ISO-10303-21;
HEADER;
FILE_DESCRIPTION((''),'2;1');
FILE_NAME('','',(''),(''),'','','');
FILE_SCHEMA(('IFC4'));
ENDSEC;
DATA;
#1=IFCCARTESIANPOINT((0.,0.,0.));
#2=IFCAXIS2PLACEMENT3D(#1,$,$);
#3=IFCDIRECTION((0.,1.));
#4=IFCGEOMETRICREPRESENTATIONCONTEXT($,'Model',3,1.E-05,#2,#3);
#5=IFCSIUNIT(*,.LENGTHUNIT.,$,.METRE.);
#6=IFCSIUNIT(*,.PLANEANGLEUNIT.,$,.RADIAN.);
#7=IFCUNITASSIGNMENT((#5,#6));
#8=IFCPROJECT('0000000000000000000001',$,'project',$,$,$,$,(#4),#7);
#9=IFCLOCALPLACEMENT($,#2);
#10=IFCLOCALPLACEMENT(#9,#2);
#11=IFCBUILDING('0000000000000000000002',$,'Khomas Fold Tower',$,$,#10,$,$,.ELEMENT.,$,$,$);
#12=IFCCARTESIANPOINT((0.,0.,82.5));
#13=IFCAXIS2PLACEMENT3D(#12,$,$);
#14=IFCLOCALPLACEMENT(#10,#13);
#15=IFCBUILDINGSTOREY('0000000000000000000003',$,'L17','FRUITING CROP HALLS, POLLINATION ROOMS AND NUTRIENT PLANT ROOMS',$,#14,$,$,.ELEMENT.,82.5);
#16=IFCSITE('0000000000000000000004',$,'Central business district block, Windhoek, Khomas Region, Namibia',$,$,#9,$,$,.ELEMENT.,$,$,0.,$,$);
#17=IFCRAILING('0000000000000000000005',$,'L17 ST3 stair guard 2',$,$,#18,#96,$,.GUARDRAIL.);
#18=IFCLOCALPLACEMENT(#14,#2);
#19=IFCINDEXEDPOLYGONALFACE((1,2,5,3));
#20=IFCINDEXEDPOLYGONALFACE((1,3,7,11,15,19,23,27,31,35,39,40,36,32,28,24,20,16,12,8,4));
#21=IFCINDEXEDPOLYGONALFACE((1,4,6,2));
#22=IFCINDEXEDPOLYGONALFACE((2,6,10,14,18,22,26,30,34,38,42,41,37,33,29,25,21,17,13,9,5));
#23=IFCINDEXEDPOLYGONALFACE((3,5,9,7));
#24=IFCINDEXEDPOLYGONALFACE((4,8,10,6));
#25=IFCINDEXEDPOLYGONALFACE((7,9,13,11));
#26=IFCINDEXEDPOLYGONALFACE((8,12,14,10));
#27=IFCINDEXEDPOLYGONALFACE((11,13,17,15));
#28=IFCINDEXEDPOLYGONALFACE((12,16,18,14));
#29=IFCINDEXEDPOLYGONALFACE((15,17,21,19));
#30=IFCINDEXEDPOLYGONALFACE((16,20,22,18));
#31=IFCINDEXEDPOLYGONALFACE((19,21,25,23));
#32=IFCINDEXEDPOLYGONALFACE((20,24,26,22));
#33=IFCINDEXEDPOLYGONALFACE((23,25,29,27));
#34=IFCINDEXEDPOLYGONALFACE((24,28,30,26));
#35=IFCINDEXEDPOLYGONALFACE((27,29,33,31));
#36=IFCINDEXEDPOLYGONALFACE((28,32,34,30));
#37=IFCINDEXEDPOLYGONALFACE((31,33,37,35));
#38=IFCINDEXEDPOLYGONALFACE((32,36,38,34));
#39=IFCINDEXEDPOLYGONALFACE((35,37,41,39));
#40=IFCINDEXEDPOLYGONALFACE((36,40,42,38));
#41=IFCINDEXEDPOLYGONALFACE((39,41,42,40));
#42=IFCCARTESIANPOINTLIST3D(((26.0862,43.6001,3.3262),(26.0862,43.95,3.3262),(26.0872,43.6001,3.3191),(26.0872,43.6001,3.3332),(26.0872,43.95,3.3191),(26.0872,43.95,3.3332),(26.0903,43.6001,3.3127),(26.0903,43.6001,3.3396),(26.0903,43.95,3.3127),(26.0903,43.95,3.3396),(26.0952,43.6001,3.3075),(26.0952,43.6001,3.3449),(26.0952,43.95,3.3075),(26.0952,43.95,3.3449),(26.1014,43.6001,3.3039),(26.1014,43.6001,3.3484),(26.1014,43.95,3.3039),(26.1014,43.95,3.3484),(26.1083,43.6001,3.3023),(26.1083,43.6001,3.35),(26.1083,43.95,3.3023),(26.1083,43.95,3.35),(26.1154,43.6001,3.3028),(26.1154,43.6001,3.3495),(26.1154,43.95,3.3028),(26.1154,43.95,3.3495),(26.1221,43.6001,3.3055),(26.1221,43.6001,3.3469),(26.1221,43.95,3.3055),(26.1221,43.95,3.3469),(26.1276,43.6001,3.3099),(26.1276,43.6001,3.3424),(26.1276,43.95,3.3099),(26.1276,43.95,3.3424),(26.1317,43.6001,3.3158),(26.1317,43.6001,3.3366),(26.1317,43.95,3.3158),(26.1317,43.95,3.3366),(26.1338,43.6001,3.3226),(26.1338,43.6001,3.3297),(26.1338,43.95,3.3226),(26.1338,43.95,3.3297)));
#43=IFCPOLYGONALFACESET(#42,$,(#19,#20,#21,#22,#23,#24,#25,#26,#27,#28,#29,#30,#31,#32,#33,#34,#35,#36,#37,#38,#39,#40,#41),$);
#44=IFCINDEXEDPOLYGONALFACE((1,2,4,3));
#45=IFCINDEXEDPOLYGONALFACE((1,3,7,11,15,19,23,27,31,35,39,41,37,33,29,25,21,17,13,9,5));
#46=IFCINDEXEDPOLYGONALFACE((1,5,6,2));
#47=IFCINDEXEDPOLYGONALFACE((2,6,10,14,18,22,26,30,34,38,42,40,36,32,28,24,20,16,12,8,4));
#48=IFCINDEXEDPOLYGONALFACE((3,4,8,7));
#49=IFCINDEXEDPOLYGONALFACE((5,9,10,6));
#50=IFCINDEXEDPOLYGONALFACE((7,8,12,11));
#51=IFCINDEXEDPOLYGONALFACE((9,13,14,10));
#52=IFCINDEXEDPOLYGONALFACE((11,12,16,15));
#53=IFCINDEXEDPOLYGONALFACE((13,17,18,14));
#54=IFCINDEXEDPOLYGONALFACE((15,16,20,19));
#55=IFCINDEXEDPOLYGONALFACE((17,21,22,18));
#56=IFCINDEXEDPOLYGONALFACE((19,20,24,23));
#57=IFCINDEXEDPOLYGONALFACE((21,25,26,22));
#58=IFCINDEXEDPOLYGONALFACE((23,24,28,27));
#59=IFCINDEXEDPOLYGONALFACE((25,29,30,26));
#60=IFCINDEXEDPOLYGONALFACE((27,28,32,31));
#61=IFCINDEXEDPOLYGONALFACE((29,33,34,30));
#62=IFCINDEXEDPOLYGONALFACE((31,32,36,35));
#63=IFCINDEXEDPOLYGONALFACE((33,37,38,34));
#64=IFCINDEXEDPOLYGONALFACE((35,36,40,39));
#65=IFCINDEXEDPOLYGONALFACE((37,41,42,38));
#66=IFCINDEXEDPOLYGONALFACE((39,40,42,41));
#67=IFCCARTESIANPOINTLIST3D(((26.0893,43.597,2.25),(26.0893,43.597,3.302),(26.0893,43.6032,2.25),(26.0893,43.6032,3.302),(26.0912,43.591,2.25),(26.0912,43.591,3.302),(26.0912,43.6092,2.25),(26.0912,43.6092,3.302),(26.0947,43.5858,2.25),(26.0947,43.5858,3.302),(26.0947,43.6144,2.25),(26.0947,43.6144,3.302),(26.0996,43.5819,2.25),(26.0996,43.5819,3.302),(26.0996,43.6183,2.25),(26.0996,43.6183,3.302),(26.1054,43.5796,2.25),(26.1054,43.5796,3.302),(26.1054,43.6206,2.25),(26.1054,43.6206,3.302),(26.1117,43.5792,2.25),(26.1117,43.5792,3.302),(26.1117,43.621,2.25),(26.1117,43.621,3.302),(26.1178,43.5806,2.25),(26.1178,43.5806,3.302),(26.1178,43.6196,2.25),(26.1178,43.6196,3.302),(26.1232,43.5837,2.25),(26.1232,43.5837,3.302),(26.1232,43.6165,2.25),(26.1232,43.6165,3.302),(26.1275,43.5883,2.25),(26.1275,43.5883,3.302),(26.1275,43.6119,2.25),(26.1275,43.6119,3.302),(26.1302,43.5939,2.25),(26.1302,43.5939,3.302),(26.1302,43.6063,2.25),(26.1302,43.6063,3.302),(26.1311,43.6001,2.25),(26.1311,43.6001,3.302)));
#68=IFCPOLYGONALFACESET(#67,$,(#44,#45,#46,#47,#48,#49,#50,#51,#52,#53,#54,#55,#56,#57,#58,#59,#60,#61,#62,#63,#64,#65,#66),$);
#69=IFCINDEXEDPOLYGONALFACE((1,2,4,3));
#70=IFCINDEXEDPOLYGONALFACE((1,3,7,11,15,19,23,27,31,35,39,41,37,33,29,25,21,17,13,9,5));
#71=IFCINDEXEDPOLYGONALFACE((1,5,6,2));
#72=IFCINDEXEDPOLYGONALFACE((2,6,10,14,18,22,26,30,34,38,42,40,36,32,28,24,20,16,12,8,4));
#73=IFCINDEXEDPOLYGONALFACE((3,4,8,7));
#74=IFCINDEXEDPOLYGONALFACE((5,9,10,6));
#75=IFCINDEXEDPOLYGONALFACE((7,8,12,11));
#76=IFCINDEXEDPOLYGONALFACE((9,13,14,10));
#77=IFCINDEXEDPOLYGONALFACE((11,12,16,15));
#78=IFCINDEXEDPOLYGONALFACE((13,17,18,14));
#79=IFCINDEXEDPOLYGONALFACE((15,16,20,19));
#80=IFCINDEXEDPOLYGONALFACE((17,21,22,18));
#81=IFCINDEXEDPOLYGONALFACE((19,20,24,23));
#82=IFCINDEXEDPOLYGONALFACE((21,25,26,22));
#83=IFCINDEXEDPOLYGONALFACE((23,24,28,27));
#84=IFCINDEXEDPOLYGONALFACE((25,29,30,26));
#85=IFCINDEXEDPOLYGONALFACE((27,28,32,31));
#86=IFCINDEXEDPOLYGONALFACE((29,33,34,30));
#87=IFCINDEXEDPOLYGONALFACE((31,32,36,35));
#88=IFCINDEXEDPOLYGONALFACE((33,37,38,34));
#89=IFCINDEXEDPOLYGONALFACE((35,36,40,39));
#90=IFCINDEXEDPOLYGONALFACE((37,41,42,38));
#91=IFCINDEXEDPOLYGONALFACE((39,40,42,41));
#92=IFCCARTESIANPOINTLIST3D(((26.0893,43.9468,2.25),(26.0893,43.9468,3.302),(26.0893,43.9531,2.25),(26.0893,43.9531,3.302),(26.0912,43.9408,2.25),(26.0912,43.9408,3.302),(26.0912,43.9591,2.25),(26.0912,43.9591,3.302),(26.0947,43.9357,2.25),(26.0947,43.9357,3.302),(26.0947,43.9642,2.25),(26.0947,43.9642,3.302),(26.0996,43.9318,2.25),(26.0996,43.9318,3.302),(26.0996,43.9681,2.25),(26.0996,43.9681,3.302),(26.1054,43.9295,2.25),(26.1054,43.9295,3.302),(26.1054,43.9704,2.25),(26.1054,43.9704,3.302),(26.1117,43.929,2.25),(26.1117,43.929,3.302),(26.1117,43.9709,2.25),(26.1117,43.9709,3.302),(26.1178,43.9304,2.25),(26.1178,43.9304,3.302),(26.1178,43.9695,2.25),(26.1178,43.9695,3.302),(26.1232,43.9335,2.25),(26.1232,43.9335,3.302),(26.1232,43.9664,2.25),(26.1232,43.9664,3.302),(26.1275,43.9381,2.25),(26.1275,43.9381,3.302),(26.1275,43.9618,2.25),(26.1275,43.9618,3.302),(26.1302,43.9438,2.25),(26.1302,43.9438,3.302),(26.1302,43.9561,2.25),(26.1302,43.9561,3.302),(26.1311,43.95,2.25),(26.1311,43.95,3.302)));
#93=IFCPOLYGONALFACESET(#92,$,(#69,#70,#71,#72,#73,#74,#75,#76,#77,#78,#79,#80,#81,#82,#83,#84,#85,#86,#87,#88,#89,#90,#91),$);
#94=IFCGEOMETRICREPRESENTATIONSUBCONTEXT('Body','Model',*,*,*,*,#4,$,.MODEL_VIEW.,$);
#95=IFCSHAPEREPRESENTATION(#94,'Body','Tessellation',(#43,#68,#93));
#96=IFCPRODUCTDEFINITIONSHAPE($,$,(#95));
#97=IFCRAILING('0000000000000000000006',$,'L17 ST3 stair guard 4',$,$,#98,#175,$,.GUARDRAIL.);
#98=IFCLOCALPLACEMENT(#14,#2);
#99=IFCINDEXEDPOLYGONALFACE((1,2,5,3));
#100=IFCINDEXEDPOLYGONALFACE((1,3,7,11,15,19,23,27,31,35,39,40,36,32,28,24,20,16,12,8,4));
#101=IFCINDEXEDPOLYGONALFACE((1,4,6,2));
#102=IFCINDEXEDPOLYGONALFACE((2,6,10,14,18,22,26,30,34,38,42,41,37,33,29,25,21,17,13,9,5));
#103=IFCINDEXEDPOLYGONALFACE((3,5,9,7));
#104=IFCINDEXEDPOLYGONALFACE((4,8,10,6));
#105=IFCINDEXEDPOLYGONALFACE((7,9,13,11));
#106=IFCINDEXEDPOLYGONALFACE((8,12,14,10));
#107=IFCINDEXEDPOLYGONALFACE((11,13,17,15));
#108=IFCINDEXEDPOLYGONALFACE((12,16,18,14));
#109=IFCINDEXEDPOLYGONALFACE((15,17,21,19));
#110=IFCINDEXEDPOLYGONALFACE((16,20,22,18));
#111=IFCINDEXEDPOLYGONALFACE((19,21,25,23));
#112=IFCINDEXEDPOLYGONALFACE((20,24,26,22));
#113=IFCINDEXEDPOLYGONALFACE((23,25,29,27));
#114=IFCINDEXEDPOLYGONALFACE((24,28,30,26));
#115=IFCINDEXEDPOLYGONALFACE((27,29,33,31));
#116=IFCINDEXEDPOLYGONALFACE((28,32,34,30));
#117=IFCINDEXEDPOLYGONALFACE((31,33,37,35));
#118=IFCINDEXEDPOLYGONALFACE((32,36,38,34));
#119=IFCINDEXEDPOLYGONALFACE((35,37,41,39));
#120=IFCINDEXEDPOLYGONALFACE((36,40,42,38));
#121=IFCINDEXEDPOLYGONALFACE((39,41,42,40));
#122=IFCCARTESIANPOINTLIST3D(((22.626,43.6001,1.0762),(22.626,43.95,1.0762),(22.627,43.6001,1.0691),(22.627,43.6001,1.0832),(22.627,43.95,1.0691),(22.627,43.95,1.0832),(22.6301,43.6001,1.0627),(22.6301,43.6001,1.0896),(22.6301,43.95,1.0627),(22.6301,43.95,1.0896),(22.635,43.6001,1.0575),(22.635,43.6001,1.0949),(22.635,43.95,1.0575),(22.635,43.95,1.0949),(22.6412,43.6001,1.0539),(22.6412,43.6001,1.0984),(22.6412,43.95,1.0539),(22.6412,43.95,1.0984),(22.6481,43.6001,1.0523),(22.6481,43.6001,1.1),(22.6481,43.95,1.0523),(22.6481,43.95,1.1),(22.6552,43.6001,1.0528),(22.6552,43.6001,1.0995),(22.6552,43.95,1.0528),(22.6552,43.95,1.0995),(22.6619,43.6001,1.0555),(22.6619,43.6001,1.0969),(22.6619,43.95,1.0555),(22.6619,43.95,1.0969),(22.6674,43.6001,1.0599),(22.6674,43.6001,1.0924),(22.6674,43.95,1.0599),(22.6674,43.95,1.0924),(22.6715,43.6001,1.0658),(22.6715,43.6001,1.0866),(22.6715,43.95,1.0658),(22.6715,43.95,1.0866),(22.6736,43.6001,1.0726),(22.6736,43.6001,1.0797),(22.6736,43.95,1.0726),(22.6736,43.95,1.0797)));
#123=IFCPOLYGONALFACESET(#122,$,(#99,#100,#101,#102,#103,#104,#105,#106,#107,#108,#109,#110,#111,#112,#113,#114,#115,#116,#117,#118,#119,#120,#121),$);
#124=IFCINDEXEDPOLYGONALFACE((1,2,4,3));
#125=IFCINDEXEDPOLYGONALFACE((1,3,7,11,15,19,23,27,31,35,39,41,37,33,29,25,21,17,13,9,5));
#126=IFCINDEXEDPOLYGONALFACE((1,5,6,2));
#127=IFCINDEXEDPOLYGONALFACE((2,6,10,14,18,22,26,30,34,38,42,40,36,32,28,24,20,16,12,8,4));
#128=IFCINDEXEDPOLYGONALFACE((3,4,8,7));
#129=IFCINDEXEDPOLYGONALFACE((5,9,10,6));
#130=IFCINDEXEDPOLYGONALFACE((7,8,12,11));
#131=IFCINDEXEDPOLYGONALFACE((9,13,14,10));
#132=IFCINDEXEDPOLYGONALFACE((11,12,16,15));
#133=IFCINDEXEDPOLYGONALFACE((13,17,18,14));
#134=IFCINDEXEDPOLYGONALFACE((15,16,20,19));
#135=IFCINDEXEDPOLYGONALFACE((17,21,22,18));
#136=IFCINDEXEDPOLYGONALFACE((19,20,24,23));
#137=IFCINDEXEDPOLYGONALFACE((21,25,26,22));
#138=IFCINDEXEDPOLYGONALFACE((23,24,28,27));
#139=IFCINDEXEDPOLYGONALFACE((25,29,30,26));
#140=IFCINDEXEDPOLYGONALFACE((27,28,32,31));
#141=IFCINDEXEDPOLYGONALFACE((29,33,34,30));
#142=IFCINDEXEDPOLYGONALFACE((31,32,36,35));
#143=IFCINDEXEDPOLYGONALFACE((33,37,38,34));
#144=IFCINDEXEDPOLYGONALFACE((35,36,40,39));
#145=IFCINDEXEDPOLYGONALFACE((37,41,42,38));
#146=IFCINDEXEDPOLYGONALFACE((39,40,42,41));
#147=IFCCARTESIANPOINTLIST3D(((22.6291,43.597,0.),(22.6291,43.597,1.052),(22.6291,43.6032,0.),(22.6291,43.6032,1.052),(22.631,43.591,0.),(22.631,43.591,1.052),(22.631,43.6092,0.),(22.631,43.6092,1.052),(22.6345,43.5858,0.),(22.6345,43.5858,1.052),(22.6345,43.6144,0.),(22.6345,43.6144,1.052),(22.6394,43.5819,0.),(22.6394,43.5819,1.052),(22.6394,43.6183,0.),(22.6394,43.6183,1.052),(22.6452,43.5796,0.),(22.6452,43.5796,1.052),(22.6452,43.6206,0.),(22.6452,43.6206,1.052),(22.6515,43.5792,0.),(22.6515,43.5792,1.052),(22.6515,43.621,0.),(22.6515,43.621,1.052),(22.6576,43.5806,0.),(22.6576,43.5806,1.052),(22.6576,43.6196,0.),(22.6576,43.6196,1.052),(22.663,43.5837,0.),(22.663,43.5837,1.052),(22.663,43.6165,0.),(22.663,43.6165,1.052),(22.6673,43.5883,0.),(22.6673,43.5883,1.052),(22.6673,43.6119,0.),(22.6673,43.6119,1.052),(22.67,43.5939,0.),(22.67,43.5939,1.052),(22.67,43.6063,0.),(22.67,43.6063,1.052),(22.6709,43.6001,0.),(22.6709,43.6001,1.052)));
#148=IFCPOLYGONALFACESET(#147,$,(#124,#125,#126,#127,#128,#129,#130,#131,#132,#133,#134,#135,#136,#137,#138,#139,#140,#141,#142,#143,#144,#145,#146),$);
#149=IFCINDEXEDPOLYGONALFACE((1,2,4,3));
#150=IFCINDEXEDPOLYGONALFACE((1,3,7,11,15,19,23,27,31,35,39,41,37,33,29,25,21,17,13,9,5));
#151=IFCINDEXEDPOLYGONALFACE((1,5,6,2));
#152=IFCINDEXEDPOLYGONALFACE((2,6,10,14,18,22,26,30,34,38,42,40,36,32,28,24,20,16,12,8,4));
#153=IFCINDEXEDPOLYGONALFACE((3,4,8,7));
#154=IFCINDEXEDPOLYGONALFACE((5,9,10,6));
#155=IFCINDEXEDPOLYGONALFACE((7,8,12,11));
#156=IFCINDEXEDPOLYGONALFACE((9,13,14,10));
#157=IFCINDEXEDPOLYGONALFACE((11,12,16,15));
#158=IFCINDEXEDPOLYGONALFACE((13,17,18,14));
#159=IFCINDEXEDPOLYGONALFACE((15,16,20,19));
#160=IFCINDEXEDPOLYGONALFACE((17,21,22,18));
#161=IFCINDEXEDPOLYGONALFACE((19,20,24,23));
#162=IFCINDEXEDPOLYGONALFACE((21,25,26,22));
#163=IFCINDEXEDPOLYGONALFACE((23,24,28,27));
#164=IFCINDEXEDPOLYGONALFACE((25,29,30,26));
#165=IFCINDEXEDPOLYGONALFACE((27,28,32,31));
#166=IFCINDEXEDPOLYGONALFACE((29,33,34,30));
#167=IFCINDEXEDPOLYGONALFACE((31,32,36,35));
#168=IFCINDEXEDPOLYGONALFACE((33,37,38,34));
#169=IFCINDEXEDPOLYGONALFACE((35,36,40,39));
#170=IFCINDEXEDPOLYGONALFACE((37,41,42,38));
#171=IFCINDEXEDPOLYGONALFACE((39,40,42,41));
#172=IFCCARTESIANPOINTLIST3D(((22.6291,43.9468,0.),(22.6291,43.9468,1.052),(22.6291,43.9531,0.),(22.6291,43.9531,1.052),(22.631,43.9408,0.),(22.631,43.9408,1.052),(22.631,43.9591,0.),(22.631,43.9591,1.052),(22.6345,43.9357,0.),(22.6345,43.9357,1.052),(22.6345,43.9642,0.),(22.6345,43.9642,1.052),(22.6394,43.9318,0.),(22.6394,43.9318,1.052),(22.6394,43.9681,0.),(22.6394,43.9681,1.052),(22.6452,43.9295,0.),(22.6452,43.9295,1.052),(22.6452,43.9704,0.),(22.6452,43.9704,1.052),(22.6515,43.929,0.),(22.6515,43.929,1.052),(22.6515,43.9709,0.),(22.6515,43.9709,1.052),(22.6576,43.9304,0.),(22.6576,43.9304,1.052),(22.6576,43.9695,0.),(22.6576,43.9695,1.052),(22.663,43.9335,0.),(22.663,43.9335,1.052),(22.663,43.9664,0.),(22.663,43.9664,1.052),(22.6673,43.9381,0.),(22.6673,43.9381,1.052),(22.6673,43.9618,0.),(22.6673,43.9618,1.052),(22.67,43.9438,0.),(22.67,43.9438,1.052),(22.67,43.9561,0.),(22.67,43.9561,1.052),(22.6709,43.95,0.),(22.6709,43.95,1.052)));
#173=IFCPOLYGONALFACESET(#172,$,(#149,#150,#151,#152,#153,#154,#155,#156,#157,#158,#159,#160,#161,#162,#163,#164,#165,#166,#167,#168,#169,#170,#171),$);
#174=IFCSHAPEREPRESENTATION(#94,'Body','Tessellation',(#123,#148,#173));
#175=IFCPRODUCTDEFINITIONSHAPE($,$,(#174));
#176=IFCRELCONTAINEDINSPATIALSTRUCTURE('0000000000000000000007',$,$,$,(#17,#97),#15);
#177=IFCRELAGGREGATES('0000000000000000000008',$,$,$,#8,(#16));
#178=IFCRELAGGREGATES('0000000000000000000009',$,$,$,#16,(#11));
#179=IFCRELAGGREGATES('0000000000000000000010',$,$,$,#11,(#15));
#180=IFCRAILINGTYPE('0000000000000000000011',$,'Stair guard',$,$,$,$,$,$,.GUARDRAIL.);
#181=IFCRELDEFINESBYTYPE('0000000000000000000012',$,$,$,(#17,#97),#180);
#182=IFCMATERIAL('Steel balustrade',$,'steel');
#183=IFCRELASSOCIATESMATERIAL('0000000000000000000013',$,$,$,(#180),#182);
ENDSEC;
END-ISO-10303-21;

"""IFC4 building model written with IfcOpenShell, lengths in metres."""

from ifc_helpers import new_model, si_unit, direction, frame, origin, origin_2d, place, context, subcontext, project, spatial, circle, extrude, source, transform, mapped, material, type_object, element, save


model = new_model("IFC4")

# Units and contexts
model_context = context("Model", 3, precision=1e-05, world=origin(), true_north=direction((0.0, 1.0)))
body_context = subcontext(model_context, "Body", "Model", "MODEL_VIEW")
ifc_project = project(units=[si_unit("LENGTHUNIT", "METRE"), si_unit("PLANEANGLEUNIT", "RADIAN")], contexts=[model_context])

# Site, building, storey
site_placement = place(None, origin())
site = spatial("IfcSite", under=ifc_project, at=site_placement, Name="Central business district block, Windhoek, Khomas Region, Namibia", CompositionType="ELEMENT", RefElevation=0.0)
building_placement = place(site_placement, origin())
building = spatial("IfcBuilding", under=site, at=building_placement, Name="Khomas Fold Tower", CompositionType="ELEMENT")
storey_placement = place(building_placement, frame((0.0, 0.0, 82.5)))
storey = spatial("IfcBuildingStorey", under=building, at=storey_placement, Name="L17", Description="FRUITING CROP HALLS, POLLINATION ROOMS AND NUTRIENT PLANT ROOMS", CompositionType="ELEMENT", Elevation=82.5)

# Railings
ifc_material_1 = material(Name="Steel balustrade", Category="steel")
railing_type_1 = type_object("IfcRailingType", Name="Stair guard", PredefinedType="GUARDRAIL", material=ifc_material_1)
shared_shape_1 = source(origin(), body_context, "Body", "SweptSolid", [
    extrude(circle(Radius=0.0239, at=origin_2d()), frame((0.0, 0.0, 1.0762), z_axis=(0.0, 1.0, 0.0), x_axis=(-1.0, 0.0, 0.0)), (0.0, 0.0, 1.0), 0.3499),
    extrude(circle(Radius=0.021, at=origin_2d()), origin(), (0.0, 0.0, 1.0), 1.052),
    extrude(circle(Radius=0.021, at=origin_2d()), frame((0.0, 0.3499, 0.0)), (0.0, 0.0, 1.0), 1.052),
])
for number, where, name in (
    (1, (26.1101, 43.6001, 2.25), "L17 ST3 stair guard 2"),
    (2, (22.6499, 43.6001, 0.0), "L17 ST3 stair guard 4"),
):
    element("IfcRailing", number, at=place(storey_placement, frame(where)), inside=storey, type_object=railing_type_1, Name=name, PredefinedType="GUARDRAIL", context=body_context, shape_type="MappedRepresentation", body=[
        mapped(shared_shape_1, transform((0.0, 0.0, 0.0))),
    ])

save(model, "model.ifc")
